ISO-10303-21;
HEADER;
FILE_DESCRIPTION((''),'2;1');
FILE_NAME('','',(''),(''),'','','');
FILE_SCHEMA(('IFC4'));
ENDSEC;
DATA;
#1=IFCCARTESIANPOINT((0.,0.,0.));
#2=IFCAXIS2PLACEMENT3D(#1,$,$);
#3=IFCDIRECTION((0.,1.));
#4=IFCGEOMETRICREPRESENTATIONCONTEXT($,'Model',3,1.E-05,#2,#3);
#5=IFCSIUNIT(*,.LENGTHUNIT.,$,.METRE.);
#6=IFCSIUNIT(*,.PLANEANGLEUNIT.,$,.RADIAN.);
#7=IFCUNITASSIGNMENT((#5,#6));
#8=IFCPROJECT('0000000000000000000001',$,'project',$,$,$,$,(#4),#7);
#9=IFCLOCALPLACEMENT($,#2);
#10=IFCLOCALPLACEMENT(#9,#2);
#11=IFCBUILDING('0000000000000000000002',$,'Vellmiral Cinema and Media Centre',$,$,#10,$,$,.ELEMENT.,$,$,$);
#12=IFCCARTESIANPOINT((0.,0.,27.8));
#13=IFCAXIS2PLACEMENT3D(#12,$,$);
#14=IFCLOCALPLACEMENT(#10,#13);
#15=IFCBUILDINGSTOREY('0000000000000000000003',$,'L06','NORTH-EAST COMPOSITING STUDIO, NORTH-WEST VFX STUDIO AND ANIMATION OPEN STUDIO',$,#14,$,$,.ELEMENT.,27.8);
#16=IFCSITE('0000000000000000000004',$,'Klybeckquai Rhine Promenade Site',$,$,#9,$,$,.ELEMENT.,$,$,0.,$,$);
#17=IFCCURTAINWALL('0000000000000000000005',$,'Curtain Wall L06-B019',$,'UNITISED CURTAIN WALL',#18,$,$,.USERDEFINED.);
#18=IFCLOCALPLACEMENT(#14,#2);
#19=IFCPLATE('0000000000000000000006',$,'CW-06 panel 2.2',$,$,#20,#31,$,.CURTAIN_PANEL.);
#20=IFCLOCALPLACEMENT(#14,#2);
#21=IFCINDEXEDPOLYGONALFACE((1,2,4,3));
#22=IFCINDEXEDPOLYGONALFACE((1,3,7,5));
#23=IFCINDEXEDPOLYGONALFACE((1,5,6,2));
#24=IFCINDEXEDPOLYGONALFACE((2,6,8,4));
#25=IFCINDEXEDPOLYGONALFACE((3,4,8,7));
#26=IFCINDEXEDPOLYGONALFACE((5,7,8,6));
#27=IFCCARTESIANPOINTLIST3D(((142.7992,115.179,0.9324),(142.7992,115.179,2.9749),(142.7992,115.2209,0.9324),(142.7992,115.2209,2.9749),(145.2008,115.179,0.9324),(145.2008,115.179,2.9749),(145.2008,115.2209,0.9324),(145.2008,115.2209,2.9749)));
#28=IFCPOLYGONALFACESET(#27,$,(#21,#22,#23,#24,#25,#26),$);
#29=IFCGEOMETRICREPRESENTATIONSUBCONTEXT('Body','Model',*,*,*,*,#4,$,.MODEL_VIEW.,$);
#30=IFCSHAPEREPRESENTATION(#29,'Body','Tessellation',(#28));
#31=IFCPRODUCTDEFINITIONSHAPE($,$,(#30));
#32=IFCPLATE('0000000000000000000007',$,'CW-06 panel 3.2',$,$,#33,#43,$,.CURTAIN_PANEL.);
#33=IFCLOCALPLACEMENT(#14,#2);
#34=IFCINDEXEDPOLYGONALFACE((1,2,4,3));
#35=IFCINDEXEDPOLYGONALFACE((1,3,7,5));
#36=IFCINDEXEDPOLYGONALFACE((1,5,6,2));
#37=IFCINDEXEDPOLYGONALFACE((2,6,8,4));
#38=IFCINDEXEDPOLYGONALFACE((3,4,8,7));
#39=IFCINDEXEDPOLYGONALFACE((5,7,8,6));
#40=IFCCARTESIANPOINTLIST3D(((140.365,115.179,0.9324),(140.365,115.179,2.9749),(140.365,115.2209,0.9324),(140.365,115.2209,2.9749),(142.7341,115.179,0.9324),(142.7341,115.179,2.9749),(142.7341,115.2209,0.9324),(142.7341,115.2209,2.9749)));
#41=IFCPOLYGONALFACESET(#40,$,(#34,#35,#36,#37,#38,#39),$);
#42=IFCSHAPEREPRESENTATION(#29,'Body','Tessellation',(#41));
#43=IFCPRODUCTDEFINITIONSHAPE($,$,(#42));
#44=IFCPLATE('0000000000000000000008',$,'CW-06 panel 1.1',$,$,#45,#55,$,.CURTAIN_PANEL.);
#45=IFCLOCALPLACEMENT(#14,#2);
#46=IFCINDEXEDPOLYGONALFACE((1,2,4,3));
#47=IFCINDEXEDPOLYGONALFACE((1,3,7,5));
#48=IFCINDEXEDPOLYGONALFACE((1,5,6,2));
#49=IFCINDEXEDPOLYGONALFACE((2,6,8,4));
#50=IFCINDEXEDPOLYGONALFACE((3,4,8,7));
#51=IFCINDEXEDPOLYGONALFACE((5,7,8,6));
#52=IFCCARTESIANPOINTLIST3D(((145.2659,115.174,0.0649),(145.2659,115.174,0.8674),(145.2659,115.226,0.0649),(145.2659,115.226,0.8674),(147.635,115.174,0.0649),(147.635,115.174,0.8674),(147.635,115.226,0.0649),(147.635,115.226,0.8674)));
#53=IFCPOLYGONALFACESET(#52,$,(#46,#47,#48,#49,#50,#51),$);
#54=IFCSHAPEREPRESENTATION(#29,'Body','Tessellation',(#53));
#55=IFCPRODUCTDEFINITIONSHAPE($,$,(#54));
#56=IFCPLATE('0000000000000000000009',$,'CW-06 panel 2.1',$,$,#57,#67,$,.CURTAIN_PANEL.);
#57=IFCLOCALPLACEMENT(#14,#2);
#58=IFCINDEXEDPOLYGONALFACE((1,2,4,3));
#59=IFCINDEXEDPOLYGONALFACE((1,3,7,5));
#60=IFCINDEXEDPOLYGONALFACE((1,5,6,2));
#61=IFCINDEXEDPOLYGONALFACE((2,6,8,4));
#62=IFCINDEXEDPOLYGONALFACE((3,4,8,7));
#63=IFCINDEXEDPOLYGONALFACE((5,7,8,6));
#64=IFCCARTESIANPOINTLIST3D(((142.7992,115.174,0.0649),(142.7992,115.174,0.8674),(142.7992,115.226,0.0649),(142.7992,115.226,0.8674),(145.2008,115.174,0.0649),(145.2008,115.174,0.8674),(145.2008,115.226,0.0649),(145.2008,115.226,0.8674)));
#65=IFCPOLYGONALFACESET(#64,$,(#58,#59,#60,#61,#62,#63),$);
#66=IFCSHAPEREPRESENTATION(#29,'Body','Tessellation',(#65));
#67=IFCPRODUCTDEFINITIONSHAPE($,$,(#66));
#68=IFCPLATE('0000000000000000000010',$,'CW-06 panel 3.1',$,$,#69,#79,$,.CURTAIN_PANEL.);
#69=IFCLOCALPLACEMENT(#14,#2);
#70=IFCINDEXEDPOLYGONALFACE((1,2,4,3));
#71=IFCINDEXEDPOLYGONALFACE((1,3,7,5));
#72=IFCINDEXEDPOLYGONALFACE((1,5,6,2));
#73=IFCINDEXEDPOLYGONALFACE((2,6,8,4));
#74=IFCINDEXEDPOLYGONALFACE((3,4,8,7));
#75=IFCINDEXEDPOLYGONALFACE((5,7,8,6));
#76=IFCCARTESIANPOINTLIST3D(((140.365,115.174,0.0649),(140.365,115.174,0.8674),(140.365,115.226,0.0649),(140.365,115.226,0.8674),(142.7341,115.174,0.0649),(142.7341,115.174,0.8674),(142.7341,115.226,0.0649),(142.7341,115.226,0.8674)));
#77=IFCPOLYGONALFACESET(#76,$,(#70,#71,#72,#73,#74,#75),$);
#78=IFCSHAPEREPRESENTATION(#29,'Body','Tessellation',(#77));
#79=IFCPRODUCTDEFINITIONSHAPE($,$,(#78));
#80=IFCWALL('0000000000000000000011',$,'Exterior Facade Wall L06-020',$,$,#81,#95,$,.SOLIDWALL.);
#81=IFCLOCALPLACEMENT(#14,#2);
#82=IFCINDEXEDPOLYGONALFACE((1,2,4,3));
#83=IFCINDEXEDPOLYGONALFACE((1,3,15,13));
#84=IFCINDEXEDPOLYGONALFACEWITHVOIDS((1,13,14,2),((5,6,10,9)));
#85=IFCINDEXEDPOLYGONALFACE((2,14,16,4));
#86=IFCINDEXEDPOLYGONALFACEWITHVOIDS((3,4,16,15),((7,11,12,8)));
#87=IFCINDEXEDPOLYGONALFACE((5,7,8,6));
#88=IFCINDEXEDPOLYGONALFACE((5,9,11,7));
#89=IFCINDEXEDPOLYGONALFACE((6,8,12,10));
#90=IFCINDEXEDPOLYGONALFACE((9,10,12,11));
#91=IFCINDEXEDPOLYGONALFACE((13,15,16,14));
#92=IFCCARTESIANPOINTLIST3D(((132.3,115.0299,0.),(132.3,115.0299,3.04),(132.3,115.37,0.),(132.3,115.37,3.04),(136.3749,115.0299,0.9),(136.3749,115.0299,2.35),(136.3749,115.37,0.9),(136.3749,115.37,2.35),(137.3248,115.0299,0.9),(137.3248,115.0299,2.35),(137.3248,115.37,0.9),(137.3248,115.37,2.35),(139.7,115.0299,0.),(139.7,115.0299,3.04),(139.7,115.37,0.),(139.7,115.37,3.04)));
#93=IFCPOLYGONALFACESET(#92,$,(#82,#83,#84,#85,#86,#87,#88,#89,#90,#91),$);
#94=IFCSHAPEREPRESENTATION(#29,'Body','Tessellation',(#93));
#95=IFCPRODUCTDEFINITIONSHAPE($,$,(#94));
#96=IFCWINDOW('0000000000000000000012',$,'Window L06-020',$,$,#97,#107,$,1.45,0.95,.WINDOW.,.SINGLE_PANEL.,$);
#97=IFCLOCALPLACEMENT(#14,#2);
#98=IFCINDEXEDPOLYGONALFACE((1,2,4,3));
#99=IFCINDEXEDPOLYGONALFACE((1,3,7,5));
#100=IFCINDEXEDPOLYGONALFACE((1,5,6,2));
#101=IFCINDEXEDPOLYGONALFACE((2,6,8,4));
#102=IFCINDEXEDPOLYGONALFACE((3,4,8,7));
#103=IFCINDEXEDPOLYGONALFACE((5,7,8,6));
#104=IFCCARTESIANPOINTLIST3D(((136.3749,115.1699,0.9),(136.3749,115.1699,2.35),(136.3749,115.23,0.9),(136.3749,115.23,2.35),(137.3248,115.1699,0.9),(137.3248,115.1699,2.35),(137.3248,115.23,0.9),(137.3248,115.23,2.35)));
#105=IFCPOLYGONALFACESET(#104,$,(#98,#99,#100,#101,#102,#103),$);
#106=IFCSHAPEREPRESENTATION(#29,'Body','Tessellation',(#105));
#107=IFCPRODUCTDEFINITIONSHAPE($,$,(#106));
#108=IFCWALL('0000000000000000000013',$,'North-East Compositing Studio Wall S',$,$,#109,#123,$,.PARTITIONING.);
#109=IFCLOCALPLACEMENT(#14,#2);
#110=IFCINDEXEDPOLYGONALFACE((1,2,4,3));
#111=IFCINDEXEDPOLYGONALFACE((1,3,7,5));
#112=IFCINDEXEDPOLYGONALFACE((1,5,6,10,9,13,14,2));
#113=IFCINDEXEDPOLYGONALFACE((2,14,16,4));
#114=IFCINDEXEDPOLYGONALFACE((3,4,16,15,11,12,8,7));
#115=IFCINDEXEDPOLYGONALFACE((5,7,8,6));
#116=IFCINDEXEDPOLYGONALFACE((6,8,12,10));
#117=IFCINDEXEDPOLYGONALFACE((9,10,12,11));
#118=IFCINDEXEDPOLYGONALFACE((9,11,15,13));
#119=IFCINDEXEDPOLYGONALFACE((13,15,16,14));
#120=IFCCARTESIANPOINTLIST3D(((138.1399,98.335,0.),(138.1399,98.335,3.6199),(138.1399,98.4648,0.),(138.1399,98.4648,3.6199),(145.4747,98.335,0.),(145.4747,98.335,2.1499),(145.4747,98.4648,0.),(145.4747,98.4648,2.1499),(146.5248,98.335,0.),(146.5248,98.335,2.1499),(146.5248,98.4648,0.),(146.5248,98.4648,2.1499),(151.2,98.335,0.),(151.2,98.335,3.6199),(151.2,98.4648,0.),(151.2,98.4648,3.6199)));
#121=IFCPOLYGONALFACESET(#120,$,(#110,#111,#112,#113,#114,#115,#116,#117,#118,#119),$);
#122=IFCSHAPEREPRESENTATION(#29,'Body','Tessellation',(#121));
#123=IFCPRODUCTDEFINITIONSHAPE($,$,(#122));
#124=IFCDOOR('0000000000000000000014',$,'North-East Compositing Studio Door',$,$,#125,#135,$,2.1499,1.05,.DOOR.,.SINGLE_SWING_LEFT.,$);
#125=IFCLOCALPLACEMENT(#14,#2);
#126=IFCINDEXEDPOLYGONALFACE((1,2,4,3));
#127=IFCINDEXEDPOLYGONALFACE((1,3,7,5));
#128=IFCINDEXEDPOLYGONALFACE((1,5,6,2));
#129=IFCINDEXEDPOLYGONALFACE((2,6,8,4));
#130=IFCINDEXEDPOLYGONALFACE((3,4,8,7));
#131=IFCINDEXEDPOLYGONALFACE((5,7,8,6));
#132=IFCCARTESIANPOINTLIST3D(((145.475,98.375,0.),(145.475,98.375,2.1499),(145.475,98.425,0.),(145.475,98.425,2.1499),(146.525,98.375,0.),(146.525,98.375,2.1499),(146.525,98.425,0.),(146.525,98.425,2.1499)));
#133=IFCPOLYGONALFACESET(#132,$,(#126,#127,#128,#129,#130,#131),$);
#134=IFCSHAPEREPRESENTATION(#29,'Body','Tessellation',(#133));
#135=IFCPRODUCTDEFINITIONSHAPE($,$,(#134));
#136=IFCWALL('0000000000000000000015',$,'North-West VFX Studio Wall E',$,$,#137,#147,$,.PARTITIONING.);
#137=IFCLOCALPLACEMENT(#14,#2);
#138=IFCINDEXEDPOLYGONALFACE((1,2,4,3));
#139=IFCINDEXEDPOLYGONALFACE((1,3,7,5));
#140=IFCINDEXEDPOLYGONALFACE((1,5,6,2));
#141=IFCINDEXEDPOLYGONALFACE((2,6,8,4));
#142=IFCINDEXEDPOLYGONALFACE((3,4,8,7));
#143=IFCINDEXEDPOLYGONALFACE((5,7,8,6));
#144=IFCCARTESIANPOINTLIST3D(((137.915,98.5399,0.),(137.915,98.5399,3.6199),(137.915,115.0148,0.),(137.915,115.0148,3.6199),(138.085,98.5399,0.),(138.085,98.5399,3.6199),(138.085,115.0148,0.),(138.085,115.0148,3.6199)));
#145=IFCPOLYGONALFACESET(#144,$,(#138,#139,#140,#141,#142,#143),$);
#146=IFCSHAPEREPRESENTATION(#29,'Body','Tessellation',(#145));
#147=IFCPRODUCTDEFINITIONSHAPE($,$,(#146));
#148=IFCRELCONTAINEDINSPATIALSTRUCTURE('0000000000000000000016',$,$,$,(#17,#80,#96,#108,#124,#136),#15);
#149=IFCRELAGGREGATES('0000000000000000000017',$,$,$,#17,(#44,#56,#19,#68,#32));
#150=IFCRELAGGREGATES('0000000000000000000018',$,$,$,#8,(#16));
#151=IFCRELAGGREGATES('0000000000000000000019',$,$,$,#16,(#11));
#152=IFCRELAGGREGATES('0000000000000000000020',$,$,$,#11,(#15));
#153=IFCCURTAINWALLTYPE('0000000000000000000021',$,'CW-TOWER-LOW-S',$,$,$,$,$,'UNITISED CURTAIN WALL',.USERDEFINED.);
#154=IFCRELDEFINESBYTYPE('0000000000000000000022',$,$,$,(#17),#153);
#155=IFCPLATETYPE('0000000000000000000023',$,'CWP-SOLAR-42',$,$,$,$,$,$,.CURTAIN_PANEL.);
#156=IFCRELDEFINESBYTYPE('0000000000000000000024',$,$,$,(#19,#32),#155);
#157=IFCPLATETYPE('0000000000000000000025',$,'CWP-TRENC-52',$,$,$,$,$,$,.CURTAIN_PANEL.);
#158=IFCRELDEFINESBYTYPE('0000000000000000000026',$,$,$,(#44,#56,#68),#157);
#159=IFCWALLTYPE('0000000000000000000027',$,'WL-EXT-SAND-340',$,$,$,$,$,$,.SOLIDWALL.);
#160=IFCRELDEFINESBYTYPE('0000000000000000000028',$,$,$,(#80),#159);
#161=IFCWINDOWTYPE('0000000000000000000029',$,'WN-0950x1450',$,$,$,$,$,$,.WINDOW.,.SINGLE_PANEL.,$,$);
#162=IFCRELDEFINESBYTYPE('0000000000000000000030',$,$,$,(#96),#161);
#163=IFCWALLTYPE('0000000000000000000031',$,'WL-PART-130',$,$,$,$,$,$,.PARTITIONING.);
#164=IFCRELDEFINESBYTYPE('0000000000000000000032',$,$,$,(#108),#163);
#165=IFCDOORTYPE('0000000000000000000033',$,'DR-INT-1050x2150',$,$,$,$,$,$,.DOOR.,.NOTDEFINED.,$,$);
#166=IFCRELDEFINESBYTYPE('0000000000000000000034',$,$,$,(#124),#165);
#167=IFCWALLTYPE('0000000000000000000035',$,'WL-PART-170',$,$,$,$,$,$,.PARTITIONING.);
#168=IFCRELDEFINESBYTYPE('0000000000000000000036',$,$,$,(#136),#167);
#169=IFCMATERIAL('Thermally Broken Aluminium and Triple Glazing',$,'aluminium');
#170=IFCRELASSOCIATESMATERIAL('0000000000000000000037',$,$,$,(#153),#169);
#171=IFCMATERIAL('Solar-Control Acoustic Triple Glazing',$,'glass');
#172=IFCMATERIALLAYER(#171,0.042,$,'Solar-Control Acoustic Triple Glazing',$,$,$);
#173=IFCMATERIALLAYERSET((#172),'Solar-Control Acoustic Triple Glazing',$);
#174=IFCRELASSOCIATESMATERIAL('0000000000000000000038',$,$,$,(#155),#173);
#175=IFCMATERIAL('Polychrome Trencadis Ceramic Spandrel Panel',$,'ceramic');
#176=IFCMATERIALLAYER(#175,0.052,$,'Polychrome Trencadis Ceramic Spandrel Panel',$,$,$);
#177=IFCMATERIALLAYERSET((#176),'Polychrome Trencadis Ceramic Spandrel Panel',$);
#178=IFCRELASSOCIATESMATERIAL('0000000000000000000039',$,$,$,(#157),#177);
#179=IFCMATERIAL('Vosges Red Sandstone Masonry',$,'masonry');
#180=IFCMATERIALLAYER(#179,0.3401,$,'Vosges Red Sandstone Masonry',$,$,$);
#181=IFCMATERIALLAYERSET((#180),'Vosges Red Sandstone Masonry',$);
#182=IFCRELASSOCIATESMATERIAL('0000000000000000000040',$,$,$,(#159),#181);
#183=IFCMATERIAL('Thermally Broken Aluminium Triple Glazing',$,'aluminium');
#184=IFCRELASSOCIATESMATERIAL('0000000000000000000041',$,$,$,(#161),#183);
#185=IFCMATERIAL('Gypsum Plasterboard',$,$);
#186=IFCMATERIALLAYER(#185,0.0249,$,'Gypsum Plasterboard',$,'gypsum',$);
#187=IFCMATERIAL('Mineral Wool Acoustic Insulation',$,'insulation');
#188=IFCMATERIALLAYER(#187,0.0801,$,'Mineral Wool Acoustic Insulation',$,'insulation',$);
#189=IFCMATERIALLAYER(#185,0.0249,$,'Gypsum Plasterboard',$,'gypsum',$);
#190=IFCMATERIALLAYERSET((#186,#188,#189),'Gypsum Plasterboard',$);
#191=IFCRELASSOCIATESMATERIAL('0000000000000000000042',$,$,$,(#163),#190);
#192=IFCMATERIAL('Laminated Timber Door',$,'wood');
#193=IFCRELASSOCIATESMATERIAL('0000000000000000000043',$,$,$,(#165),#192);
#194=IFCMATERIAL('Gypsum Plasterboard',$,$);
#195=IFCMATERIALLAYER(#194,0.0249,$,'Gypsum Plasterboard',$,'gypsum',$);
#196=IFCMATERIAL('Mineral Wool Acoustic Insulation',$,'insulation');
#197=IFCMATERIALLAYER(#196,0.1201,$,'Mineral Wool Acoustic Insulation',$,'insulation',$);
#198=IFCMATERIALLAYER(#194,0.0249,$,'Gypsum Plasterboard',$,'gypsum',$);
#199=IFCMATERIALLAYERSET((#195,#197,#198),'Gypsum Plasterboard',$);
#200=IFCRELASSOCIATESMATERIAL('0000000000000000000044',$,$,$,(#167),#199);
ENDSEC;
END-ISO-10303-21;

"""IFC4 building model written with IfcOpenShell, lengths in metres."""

from ifc_helpers import new_model, si_unit, direction, frame, frame_2d, origin, origin_2d, place, context, subcontext, project, spatial, rectangle, extrude, material, layer, layer_set, type_object, element, fill, aggregate, save


model = new_model("IFC4")

# Units and contexts
model_context = context("Model", 3, precision=1e-05, world=origin(), true_north=direction((0.0, 1.0)))
body_context = subcontext(model_context, "Body", "Model", "MODEL_VIEW")
ifc_project = project(units=[si_unit("LENGTHUNIT", "METRE"), si_unit("PLANEANGLEUNIT", "RADIAN")], contexts=[model_context])

# Site, building, storey
site_placement = place(None, origin())
site = spatial("IfcSite", under=ifc_project, at=site_placement, Name="Klybeckquai Rhine Promenade Site", CompositionType="ELEMENT", RefElevation=0.0)
building_placement = place(site_placement, origin())
building = spatial("IfcBuilding", under=site, at=building_placement, Name="Vellmiral Cinema and Media Centre", CompositionType="ELEMENT")
storey_placement = place(building_placement, frame((0.0, 0.0, 27.8)))
storey = spatial("IfcBuildingStorey", under=building, at=storey_placement, Name="L06", Description="NORTH-EAST COMPOSITING STUDIO, NORTH-WEST VFX STUDIO AND ANIMATION OPEN STUDIO", CompositionType="ELEMENT", Elevation=27.8)

# Curtain wall
ifc_material_1 = material(Name="Thermally Broken Aluminium and Triple Glazing", Category="aluminium")
curtain_wall_type = type_object("IfcCurtainWallType", Name="CW-TOWER-LOW-S", ElementType="UNITISED CURTAIN WALL", PredefinedType="USERDEFINED", material=ifc_material_1)
curtain_wall_placement = place(storey_placement, origin())
curtain_wall = element("IfcCurtainWall", 1, at=curtain_wall_placement, inside=storey, type_object=curtain_wall_type, Name="Curtain Wall L06-B019", ObjectType="UNITISED CURTAIN WALL", PredefinedType="USERDEFINED")

# Plates
ifc_material_2 = material(Name="Solar-Control Acoustic Triple Glazing", Category="glass")
ifc_layer_1 = layer(ifc_material_2, 0.042, Name="Solar-Control Acoustic Triple Glazing")
ifc_layer_set_1 = layer_set([ifc_layer_1], Name="Solar-Control Acoustic Triple Glazing")
plate_type_1 = type_object("IfcPlateType", Name="CWP-SOLAR-42", PredefinedType="CURTAIN_PANEL", material=ifc_layer_set_1)
plate_1_placement = place(storey_placement, frame((144.0, 115.2, 0.9324), z_axis=(0.0, 0.0, 1.0), x_axis=(-1.0, 0.0, 0.0)))
plate_1 = element("IfcPlate", 2, at=plate_1_placement, type_object=plate_type_1, Name="CW-06 panel 2.2", PredefinedType="CURTAIN_PANEL", context=body_context, shape_type="SweptSolid", body=[
    extrude(rectangle(XDim=2.4016, YDim=0.042, at=origin_2d()), origin(), (0.0, 0.0, 1.0), 2.0425),
])
plate_2_placement = place(storey_placement, frame((141.5496, 115.2, 0.9324), z_axis=(0.0, 0.0, 1.0), x_axis=(-1.0, 0.0, 0.0)))
plate_2 = element("IfcPlate", 3, at=plate_2_placement, type_object=plate_type_1, Name="CW-06 panel 3.2", PredefinedType="CURTAIN_PANEL", context=body_context, shape_type="SweptSolid", body=[
    extrude(rectangle(XDim=2.3691, YDim=0.042, at=origin_2d()), origin(), (0.0, 0.0, 1.0), 2.0425),
])
ifc_material_3 = material(Name="Polychrome Trencadis Ceramic Spandrel Panel", Category="ceramic")
ifc_layer_2 = layer(ifc_material_3, 0.052, Name="Polychrome Trencadis Ceramic Spandrel Panel")
ifc_layer_set_2 = layer_set([ifc_layer_2], Name="Polychrome Trencadis Ceramic Spandrel Panel")
plate_type_2 = type_object("IfcPlateType", Name="CWP-TRENC-52", PredefinedType="CURTAIN_PANEL", material=ifc_layer_set_2)
plate_3_placement = place(storey_placement, frame((146.4504, 115.2, 0.0649), z_axis=(0.0, 0.0, 1.0), x_axis=(-1.0, 0.0, 0.0)))
plate_3 = element("IfcPlate", 4, at=plate_3_placement, type_object=plate_type_2, Name="CW-06 panel 1.1", PredefinedType="CURTAIN_PANEL", context=body_context, shape_type="SweptSolid", body=[
    extrude(rectangle(XDim=2.3691, YDim=0.052, at=origin_2d()), origin(), (0.0, 0.0, 1.0), 0.8025),
])
plate_4_placement = place(storey_placement, frame((144.0, 115.2, 0.0649), z_axis=(0.0, 0.0, 1.0), x_axis=(-1.0, 0.0, 0.0)))
plate_4 = element("IfcPlate", 5, at=plate_4_placement, type_object=plate_type_2, Name="CW-06 panel 2.1", PredefinedType="CURTAIN_PANEL", context=body_context, shape_type="SweptSolid", body=[
    extrude(rectangle(XDim=2.4016, YDim=0.052, at=origin_2d()), origin(), (0.0, 0.0, 1.0), 0.8025),
])
plate_5_placement = place(storey_placement, frame((141.5496, 115.2, 0.0649), z_axis=(0.0, 0.0, 1.0), x_axis=(-1.0, 0.0, 0.0)))
plate_5 = element("IfcPlate", 6, at=plate_5_placement, type_object=plate_type_2, Name="CW-06 panel 3.1", PredefinedType="CURTAIN_PANEL", context=body_context, shape_type="SweptSolid", body=[
    extrude(rectangle(XDim=2.3691, YDim=0.052, at=origin_2d()), origin(), (0.0, 0.0, 1.0), 0.8025),
])
aggregate(curtain_wall, [plate_3, plate_4, plate_1, plate_5, plate_2])

# Wall, opening, window
ifc_material_4 = material(Name="Vosges Red Sandstone Masonry", Category="masonry")
ifc_layer_3 = layer(ifc_material_4, 0.3401, Name="Vosges Red Sandstone Masonry")
ifc_layer_set_3 = layer_set([ifc_layer_3], Name="Vosges Red Sandstone Masonry")
wall_type_1 = type_object("IfcWallType", Name="WL-EXT-SAND-340", PredefinedType="SOLIDWALL", material=ifc_layer_set_3)
wall_1_placement = place(storey_placement, frame((139.7, 115.2, 0.0), z_axis=(0.0, 0.0, 1.0), x_axis=(-1.0, 0.0, 0.0)))
wall_1 = element("IfcWall", 7, at=wall_1_placement, inside=storey, type_object=wall_type_1, Name="Exterior Facade Wall L06-020", PredefinedType="SOLIDWALL", context=body_context, shape_type="SweptSolid", body=[
    extrude(rectangle(XDim=7.3999, YDim=0.3401, at=frame_2d((3.7, 0.0))), origin(), (0.0, 0.0, 1.0), 3.04),
])
opening_1_placement = place(wall_1_placement, frame((2.375, 0.0, 0.8999)))
opening_1 = element("IfcOpeningElement", 8, at=opening_1_placement, cuts=wall_1, PredefinedType="OPENING", context=body_context, shape_type="SweptSolid", body=[
    extrude(rectangle(XDim=0.95, YDim=1.45, at=frame_2d((0.4751, 0.7251))), frame((0.0, 0.1821, 0.0), z_axis=(0.0, -1.0, 0.0), x_axis=(1.0, 0.0, 0.0)), (0.0, 0.0, 1.0), 0.364),
])
ifc_material_5 = material(Name="Thermally Broken Aluminium Triple Glazing", Category="aluminium")
window_type = type_object("IfcWindowType", Name="WN-0950x1450", PartitioningType="SINGLE_PANEL", PredefinedType="WINDOW", material=ifc_material_5)
window_placement = place(opening_1_placement, origin())
window = element("IfcWindow", 9, at=window_placement, inside=storey, type_object=window_type, Name="Window L06-020", OverallHeight=1.45, OverallWidth=0.95, PartitioningType="SINGLE_PANEL", PredefinedType="WINDOW", context=body_context, shape_type="SweptSolid", body=[
    extrude(rectangle(XDim=0.95, YDim=1.45, at=frame_2d((0.4751, 0.7251))), frame((0.0, 0.03, 0.0), z_axis=(0.0, -1.0, 0.0), x_axis=(1.0, 0.0, 0.0)), (0.0, 0.0, 1.0), 0.0601),
])
fill(opening_1, window)

# Wall, opening, door
ifc_material_6 = material(Name="Gypsum Plasterboard")
ifc_layer_4 = layer(ifc_material_6, 0.0249, Name="Gypsum Plasterboard", Category="gypsum")
ifc_material_7 = material(Name="Mineral Wool Acoustic Insulation", Category="insulation")
ifc_layer_5 = layer(ifc_material_7, 0.0801, Name="Mineral Wool Acoustic Insulation", Category="insulation")
ifc_layer_6 = layer(ifc_material_6, 0.0249, Name="Gypsum Plasterboard", Category="gypsum")
ifc_layer_set_4 = layer_set([ifc_layer_4, ifc_layer_5, ifc_layer_6], Name="Gypsum Plasterboard")
wall_type_2 = type_object("IfcWallType", Name="WL-PART-130", PredefinedType="PARTITIONING", material=ifc_layer_set_4)
wall_2_placement = place(storey_placement, frame((138.1399, 98.3999, 0.0), z_axis=(0.0, 0.0, 1.0), x_axis=(1.0, 0.0, 0.0)))
wall_2 = element("IfcWall", 10, at=wall_2_placement, inside=storey, type_object=wall_type_2, Name="North-East Compositing Studio Wall S", PredefinedType="PARTITIONING", context=body_context, shape_type="SweptSolid", body=[
    extrude(rectangle(XDim=13.0601, YDim=0.1299, at=frame_2d((6.53, 0.0))), origin(), (0.0, 0.0, 1.0), 3.6199),
])
opening_2_placement = place(wall_2_placement, frame((7.335, 0.0, 0.0)))
opening_2 = element("IfcOpeningElement", 11, at=opening_2_placement, cuts=wall_2, PredefinedType="OPENING", context=body_context, shape_type="SweptSolid", body=[
    extrude(rectangle(XDim=1.05, YDim=2.1499, at=frame_2d((0.5249, 1.075))), frame((0.0, 0.0769, 0.0), z_axis=(0.0, -1.0, 0.0), x_axis=(1.0, 0.0, 0.0)), (0.0, 0.0, 1.0), 0.1538),
])
ifc_material_8 = material(Name="Laminated Timber Door", Category="wood")
door_type = type_object("IfcDoorType", Name="DR-INT-1050x2150", OperationType="NOTDEFINED", PredefinedType="DOOR", material=ifc_material_8)
door_placement = place(opening_2_placement, frame((1.05, 0.0, 0.0), z_axis=(0.0, 0.0, 1.0), x_axis=(-1.0, 0.0, 0.0)))
door = element("IfcDoor", 12, at=door_placement, inside=storey, type_object=door_type, Name="North-East Compositing Studio Door", OperationType="SINGLE_SWING_LEFT", OverallHeight=2.1499, OverallWidth=1.05, PredefinedType="DOOR", context=body_context, shape_type="SweptSolid", body=[
    extrude(rectangle(XDim=1.05, YDim=2.1499, at=frame_2d((0.5249, 1.075))), frame((0.0, 0.0249, 0.0), z_axis=(0.0, -1.0, 0.0), x_axis=(1.0, 0.0, 0.0)), (0.0, 0.0, 1.0), 0.05),
])
fill(opening_2, door)

# Wall
ifc_material_9 = material(Name="Gypsum Plasterboard")
ifc_layer_7 = layer(ifc_material_9, 0.0249, Name="Gypsum Plasterboard", Category="gypsum")
ifc_material_10 = material(Name="Mineral Wool Acoustic Insulation", Category="insulation")
ifc_layer_8 = layer(ifc_material_10, 0.1201, Name="Mineral Wool Acoustic Insulation", Category="insulation")
ifc_layer_9 = layer(ifc_material_9, 0.0249, Name="Gypsum Plasterboard", Category="gypsum")
ifc_layer_set_5 = layer_set([ifc_layer_7, ifc_layer_8, ifc_layer_9], Name="Gypsum Plasterboard")
wall_type_3 = type_object("IfcWallType", Name="WL-PART-170", PredefinedType="PARTITIONING", material=ifc_layer_set_5)
wall_3_placement = place(storey_placement, frame((138.0, 98.54, 0.0), z_axis=(0.0, 0.0, 1.0), x_axis=(0.0, 1.0, 0.0)))
element("IfcWall", 13, at=wall_3_placement, inside=storey, type_object=wall_type_3, Name="North-West VFX Studio Wall E", PredefinedType="PARTITIONING", context=body_context, shape_type="SweptSolid", body=[
    extrude(rectangle(XDim=16.4749, YDim=0.1699, at=frame_2d((8.2373, 0.0))), origin(), (0.0, 0.0, 1.0), 3.6199),
])

save(model, "model.ifc")
